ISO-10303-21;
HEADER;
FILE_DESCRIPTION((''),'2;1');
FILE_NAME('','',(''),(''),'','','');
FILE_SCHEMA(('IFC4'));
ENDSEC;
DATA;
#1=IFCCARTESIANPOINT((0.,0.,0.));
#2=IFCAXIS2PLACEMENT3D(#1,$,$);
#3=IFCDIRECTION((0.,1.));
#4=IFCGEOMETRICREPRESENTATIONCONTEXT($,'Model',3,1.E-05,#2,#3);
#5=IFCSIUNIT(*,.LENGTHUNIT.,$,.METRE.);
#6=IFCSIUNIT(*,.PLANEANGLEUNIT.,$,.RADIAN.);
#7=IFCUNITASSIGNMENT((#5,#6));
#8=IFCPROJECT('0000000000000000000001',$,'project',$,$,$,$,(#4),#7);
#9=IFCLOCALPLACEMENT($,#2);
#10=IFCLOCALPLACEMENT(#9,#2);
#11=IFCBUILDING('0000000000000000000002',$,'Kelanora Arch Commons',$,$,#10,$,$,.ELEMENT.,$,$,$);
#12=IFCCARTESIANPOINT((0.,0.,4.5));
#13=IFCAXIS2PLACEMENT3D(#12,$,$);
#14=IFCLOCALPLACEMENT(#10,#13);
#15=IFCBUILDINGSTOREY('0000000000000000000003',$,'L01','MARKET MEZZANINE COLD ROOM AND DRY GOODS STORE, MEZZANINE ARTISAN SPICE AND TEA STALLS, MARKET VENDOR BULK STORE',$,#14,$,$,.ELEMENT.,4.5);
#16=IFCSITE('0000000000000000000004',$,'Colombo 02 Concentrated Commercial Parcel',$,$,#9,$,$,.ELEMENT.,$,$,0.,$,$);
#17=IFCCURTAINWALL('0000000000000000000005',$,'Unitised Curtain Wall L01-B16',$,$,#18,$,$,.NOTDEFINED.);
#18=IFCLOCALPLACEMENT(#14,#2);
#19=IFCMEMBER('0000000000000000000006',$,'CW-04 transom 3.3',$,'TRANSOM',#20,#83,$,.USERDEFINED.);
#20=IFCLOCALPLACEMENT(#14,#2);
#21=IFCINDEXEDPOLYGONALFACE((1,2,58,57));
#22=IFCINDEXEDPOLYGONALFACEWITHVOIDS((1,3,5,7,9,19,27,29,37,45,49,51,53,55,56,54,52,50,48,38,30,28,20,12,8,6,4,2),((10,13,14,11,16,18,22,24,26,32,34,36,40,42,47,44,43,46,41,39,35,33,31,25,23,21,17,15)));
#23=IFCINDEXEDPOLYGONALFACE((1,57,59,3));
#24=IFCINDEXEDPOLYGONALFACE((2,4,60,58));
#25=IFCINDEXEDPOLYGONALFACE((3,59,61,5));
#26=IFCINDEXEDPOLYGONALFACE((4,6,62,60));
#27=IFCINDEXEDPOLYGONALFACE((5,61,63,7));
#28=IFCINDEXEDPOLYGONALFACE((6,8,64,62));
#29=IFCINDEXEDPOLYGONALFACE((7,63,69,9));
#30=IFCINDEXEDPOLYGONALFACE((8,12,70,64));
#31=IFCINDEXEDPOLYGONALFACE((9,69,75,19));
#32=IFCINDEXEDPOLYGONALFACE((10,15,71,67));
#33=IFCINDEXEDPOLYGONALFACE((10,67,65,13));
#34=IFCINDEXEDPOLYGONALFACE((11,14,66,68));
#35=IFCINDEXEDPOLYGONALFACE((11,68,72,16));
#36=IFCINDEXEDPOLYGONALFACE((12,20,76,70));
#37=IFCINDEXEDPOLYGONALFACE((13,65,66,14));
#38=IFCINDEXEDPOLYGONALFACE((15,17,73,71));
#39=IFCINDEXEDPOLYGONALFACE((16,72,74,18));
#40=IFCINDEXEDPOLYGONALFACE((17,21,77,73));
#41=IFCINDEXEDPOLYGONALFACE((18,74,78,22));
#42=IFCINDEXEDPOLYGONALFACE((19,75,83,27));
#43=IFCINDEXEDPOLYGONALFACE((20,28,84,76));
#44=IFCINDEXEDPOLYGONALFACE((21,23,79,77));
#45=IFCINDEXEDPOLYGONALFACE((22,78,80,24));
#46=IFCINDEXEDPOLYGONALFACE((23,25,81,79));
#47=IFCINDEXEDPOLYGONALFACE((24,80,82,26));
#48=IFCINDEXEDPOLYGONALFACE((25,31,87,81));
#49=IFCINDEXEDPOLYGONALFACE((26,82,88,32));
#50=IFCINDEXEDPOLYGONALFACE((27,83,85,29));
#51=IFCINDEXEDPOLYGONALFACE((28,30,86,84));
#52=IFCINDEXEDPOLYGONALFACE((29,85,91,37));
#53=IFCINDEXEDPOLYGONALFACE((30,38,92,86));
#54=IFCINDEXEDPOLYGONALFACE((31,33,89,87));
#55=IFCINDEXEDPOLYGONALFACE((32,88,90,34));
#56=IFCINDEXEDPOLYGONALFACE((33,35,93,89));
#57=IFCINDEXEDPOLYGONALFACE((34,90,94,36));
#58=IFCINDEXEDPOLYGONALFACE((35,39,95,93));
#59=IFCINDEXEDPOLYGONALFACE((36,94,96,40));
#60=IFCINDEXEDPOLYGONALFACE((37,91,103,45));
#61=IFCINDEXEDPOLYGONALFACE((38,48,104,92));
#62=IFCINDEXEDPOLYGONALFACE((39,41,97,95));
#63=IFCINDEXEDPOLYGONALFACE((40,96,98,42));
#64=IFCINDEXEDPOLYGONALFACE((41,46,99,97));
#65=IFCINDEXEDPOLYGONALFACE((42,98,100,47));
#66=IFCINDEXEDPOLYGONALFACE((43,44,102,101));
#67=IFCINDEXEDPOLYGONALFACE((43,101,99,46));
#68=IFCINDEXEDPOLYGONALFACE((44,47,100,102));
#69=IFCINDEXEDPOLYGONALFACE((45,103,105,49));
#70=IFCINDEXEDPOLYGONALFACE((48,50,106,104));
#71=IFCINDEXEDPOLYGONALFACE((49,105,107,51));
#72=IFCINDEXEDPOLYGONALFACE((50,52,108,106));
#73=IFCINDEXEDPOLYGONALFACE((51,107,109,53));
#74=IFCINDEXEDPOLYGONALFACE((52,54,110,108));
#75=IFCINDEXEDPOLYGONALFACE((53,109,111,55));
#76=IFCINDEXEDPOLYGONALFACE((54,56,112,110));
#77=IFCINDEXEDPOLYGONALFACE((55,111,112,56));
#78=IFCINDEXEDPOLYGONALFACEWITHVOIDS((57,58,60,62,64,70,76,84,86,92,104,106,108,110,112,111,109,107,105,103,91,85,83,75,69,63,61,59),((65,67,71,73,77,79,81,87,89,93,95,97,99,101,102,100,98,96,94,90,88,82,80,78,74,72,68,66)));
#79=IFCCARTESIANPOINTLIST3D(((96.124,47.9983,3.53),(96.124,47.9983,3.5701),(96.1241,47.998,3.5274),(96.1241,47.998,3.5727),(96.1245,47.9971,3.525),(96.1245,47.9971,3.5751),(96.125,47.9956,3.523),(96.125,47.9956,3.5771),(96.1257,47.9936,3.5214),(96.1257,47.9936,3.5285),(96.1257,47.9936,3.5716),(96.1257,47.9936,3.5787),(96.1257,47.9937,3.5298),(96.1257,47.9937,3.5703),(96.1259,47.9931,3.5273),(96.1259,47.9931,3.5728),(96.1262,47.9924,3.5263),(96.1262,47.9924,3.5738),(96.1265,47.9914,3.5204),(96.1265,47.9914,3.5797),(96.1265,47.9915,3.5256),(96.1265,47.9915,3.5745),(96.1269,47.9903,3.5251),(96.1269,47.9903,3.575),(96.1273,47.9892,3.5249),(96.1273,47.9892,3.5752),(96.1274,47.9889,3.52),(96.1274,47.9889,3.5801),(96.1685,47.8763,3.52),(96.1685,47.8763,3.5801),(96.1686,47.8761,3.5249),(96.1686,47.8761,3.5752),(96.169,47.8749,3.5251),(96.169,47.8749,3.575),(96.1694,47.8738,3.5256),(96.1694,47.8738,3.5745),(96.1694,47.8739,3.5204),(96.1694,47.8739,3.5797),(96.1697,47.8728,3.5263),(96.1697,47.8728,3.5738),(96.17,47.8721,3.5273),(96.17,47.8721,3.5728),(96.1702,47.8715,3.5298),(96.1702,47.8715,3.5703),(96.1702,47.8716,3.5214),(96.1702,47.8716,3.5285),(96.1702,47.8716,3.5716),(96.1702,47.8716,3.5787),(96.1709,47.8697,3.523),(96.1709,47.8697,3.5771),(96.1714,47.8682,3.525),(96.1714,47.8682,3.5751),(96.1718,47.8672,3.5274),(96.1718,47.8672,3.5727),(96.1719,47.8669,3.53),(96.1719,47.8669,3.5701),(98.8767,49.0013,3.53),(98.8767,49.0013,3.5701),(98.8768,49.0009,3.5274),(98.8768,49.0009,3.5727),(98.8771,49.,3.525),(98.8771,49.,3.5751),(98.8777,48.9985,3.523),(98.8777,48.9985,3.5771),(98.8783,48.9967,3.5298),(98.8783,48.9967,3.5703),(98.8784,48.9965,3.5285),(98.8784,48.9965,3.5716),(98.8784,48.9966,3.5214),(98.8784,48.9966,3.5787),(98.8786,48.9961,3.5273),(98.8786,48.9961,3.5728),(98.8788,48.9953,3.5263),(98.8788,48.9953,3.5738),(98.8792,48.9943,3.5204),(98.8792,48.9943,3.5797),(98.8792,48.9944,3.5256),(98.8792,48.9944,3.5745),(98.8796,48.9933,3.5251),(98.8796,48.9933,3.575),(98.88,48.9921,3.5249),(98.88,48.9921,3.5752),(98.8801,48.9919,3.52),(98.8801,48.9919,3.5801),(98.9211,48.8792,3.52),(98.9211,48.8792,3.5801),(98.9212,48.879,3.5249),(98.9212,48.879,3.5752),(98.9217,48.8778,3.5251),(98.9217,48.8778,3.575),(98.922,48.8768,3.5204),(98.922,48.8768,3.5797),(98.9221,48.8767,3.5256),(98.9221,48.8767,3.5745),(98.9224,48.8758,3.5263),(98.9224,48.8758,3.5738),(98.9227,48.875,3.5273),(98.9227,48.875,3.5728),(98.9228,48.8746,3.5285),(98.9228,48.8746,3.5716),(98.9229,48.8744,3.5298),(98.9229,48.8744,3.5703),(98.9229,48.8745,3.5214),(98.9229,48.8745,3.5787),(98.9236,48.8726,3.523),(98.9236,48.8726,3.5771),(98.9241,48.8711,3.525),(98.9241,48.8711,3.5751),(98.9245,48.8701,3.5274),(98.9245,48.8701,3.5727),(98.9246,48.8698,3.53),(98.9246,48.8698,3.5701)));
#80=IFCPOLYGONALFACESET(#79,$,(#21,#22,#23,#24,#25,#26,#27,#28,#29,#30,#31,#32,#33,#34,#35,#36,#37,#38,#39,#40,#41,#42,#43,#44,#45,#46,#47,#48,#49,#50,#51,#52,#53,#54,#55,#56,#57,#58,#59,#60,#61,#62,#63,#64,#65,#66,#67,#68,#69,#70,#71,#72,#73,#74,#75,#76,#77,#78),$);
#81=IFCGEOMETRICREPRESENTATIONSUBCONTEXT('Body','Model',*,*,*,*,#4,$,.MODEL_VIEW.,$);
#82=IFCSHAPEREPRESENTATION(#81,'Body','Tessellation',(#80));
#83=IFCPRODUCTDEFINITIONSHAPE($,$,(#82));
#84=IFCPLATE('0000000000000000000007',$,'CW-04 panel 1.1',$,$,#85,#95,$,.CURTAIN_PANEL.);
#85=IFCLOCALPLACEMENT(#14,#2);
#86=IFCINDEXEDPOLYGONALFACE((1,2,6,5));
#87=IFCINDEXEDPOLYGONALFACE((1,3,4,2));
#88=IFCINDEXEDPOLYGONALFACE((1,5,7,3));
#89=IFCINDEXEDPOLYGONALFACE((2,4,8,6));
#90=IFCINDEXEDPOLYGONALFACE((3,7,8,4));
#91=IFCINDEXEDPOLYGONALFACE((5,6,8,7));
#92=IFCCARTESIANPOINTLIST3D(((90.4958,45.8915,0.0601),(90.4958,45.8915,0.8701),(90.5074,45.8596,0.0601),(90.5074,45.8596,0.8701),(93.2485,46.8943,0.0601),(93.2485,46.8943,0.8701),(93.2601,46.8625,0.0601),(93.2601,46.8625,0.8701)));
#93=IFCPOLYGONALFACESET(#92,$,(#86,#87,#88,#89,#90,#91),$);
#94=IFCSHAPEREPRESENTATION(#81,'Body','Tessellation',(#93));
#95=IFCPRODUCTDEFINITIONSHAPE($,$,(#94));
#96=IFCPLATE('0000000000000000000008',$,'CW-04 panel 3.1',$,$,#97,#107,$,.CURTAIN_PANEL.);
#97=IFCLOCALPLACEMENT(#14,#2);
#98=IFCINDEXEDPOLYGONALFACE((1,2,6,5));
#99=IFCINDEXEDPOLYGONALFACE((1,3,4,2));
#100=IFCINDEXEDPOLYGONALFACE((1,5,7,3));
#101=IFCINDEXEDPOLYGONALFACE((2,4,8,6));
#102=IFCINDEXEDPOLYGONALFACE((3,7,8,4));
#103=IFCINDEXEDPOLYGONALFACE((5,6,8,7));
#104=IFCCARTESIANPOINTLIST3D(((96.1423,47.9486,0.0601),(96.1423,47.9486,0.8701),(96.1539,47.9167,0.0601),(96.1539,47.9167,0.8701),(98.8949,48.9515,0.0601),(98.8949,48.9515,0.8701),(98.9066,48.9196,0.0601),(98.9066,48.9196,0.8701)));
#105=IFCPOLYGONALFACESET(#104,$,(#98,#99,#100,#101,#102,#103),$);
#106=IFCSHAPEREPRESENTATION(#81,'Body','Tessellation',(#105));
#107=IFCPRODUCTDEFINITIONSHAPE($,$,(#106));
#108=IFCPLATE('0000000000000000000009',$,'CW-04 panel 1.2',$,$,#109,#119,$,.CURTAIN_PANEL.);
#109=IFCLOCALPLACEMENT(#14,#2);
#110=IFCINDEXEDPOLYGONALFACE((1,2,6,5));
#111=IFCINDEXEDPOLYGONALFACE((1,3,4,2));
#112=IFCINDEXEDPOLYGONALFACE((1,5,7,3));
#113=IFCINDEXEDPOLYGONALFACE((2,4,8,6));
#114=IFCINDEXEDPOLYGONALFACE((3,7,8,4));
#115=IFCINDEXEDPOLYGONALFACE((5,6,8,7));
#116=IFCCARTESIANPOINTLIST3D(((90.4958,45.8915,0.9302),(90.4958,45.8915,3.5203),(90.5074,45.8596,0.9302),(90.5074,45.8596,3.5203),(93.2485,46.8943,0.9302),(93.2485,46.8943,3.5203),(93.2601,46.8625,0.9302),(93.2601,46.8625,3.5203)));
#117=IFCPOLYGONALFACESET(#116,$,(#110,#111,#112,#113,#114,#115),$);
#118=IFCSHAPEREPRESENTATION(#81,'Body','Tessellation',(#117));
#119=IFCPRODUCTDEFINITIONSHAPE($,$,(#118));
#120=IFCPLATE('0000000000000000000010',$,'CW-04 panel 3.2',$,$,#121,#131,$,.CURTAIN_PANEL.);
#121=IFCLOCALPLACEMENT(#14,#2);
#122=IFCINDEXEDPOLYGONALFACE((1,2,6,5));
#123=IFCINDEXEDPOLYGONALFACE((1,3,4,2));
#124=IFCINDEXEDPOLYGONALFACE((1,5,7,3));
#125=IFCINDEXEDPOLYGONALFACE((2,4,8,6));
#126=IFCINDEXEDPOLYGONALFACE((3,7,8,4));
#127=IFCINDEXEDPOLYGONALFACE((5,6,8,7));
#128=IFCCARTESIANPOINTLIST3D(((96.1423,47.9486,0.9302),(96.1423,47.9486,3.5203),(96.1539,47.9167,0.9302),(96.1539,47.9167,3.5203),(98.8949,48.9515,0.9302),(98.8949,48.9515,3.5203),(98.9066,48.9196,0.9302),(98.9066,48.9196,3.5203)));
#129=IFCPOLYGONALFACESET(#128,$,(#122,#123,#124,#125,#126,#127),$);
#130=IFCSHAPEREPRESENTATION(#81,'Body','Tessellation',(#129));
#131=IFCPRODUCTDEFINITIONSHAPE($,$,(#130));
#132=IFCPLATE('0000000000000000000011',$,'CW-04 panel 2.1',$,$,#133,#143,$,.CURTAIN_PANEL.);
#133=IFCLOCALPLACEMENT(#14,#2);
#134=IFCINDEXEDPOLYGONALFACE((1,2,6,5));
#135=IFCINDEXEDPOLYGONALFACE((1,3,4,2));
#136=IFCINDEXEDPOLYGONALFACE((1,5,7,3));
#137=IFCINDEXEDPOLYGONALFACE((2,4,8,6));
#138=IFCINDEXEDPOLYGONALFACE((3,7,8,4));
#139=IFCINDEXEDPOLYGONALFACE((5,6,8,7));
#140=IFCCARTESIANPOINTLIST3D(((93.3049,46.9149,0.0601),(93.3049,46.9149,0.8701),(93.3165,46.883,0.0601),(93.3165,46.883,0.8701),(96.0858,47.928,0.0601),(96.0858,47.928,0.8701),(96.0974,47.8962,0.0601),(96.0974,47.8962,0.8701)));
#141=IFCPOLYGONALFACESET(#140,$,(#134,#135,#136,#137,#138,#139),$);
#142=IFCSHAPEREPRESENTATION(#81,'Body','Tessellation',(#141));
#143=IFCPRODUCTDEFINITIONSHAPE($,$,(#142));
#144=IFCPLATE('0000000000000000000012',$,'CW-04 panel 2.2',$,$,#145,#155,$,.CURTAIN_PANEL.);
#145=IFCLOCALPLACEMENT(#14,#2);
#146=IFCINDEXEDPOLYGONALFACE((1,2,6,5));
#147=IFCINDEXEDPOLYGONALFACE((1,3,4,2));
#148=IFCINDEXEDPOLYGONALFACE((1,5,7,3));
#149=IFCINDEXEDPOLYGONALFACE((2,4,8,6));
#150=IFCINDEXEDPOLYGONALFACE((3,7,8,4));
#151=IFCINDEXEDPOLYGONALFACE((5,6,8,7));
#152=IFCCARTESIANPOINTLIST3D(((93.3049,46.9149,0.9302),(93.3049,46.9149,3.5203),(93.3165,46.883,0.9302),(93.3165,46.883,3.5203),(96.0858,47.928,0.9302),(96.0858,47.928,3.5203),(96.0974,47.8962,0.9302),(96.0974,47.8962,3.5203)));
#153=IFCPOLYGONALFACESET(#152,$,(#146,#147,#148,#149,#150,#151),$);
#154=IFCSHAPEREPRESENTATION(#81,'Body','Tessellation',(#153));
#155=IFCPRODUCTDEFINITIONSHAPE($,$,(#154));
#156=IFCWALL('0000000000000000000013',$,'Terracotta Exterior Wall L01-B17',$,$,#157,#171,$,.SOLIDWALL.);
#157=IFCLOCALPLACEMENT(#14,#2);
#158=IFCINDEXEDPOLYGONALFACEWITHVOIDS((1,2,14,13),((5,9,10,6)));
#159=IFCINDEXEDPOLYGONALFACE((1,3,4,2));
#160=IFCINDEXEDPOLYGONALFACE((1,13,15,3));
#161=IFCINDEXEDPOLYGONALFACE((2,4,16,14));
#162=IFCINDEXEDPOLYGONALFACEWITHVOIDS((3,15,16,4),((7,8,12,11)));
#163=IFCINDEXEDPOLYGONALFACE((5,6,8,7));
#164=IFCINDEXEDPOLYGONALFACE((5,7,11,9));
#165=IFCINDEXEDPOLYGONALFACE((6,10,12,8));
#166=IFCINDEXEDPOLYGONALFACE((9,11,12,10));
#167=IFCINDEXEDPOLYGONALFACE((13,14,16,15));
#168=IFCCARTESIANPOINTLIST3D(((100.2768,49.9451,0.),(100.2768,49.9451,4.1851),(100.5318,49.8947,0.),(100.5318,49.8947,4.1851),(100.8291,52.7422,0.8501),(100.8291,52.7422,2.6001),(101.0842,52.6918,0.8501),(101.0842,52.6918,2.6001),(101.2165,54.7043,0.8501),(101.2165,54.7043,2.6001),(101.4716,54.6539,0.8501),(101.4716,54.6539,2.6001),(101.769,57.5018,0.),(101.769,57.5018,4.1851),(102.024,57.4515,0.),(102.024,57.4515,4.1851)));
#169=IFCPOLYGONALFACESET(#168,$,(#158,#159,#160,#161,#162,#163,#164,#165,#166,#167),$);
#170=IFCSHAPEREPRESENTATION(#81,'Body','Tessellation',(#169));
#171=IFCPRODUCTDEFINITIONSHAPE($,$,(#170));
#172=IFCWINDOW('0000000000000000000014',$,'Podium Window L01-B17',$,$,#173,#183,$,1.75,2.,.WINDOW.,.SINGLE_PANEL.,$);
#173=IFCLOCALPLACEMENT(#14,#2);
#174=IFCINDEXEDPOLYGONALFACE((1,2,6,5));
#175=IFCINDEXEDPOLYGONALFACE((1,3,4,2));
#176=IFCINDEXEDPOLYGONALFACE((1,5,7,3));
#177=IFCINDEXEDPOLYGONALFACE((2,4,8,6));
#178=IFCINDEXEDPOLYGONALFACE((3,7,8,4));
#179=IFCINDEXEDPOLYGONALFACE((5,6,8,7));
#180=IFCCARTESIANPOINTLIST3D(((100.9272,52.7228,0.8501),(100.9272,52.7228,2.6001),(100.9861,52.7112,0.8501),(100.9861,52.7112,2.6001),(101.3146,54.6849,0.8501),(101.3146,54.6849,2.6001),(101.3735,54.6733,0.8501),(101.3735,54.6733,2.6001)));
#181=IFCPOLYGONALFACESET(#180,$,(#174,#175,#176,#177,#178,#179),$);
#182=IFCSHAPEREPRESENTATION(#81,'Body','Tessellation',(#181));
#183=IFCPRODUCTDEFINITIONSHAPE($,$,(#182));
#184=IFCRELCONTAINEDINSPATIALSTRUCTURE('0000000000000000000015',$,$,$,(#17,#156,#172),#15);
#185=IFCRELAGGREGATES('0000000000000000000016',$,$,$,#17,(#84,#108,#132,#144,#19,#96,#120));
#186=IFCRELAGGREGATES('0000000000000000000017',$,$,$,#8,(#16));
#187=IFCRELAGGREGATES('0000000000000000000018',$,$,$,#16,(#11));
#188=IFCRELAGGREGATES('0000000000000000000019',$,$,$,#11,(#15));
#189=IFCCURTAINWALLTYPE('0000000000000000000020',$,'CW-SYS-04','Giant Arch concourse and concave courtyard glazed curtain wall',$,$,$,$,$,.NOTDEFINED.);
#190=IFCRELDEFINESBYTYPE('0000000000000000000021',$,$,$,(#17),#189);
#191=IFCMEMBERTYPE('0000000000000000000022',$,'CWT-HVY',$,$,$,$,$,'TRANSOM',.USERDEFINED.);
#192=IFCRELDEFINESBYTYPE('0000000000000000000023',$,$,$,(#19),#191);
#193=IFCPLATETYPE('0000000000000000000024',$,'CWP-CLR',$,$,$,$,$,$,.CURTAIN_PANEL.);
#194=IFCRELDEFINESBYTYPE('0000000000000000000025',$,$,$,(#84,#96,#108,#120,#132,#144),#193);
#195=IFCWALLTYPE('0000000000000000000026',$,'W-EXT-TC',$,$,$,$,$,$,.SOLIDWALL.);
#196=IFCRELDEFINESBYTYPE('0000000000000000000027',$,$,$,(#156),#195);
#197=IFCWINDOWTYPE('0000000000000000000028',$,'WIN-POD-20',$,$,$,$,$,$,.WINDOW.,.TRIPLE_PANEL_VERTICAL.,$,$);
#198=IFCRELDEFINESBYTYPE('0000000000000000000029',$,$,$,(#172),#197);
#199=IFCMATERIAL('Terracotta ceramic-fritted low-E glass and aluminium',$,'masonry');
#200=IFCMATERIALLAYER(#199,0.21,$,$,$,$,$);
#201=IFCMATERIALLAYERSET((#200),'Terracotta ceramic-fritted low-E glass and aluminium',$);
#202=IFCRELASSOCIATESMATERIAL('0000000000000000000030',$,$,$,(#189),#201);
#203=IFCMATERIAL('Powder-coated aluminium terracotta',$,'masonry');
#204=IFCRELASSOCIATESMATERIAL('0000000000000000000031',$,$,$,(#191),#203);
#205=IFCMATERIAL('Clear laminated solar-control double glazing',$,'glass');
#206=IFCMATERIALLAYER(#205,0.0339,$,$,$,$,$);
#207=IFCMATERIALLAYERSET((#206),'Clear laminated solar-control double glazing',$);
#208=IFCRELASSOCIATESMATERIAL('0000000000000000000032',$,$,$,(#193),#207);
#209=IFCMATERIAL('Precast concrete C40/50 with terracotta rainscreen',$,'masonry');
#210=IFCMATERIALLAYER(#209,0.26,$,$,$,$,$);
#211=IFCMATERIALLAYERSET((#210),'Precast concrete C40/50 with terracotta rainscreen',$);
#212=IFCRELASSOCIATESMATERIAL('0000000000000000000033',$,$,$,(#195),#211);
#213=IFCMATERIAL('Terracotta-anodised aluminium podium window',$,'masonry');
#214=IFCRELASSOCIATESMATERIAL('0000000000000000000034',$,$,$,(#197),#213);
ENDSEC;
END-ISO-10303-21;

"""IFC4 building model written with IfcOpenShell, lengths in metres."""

from ifc_helpers import new_model, si_unit, direction, frame, frame_2d, origin, origin_2d, place, context, subcontext, project, spatial, rectangle, hollow_rectangle, extrude, source, transform, mapped, material, layer, layer_set, material_profile, profile_set, type_object, element, fill, aggregate, save


model = new_model("IFC4")

# Units and contexts
model_context = context("Model", 3, precision=1e-05, world=origin(), true_north=direction((0.0, 1.0)))
body_context = subcontext(model_context, "Body", "Model", "MODEL_VIEW")
ifc_project = project(units=[si_unit("LENGTHUNIT", "METRE"), si_unit("PLANEANGLEUNIT", "RADIAN")], contexts=[model_context])

# Site, building, storey
site_placement = place(None, origin())
site = spatial("IfcSite", under=ifc_project, at=site_placement, Name="Colombo 02 Concentrated Commercial Parcel", CompositionType="ELEMENT", RefElevation=0.0)
building_placement = place(site_placement, origin())
building = spatial("IfcBuilding", under=site, at=building_placement, Name="Kelanora Arch Commons", CompositionType="ELEMENT")
storey_placement = place(building_placement, frame((0.0, 0.0, 4.5)))
storey = spatial("IfcBuildingStorey", under=building, at=storey_placement, Name="L01", Description="MARKET MEZZANINE COLD ROOM AND DRY GOODS STORE, MEZZANINE ARTISAN SPICE AND TEA STALLS, MARKET VENDOR BULK STORE", CompositionType="ELEMENT", Elevation=4.5)

# Curtain wall, member, plates
ifc_material_1 = material(Name="Terracotta ceramic-fritted low-E glass and aluminium", Category="masonry")
ifc_layer_1 = layer(ifc_material_1, 0.21)
ifc_layer_set_1 = layer_set([ifc_layer_1], Name="Terracotta ceramic-fritted low-E glass and aluminium")
curtain_wall_type = type_object("IfcCurtainWallType", Name="CW-SYS-04", Description="Giant Arch concourse and concave courtyard glazed curtain wall", PredefinedType="NOTDEFINED", material=ifc_layer_set_1)
curtain_wall_placement = place(storey_placement, origin())
curtain_wall = element("IfcCurtainWall", 1, at=curtain_wall_placement, inside=storey, type_object=curtain_wall_type, Name="Unitised Curtain Wall L01-B16", PredefinedType="NOTDEFINED")
ifc_material_2 = material(Name="Powder-coated aluminium terracotta", Category="masonry")
ifc_material_profile_1 = material_profile(ifc_material_2, hollow_rectangle(XDim=0.1399, YDim=0.0601, WallThickness=0.0049, InnerFilletRadius=0.0049, OuterFilletRadius=0.01, at=origin_2d()), Name="CWT140x60")
ifc_profile_set_1 = profile_set([ifc_material_profile_1], Name="Powder-coated aluminium terracotta")
member_type_1 = type_object("IfcMemberType", Name="CWT-HVY", ElementType="TRANSOM", PredefinedType="USERDEFINED", material=ifc_profile_set_1)
member_1_placement = place(storey_placement, frame((96.1479, 47.9326, 3.55), z_axis=(0.939579, 0.342332, 0.0), x_axis=(-0.342332, 0.939579, 0.0)))
member_1 = element("IfcMember", 2, at=member_1_placement, type_object=member_type_1, Name="CW-04 transom 3.3", ObjectType="TRANSOM", PredefinedType="USERDEFINED", context=body_context, shape_type="SweptSolid", body=[
    extrude(hollow_rectangle(XDim=0.1399, YDim=0.0601, WallThickness=0.0049, InnerFilletRadius=0.0049, OuterFilletRadius=0.01, at=origin_2d()), origin(), (0.0, 0.0, 1.0), 2.9297),
])
ifc_material_3 = material(Name="Clear laminated solar-control double glazing", Category="glass")
ifc_layer_2 = layer(ifc_material_3, 0.0339)
ifc_layer_set_2 = layer_set([ifc_layer_2], Name="Clear laminated solar-control double glazing")
plate_type = type_object("IfcPlateType", Name="CWP-CLR", PredefinedType="CURTAIN_PANEL", material=ifc_layer_set_2)
shared_shape_1 = source(origin(), body_context, "Body", "SweptSolid", [
    extrude(rectangle(XDim=2.9297, YDim=0.0339, at=origin_2d()), origin(), (0.0, 0.0, 1.0), 0.8101),
])
plate_1_placement = place(storey_placement, frame((91.8779, 46.377, 0.0601), z_axis=(0.0, 0.0, 1.0), x_axis=(0.939584, 0.342318, 0.0)))
plate_1 = element("IfcPlate", 3, at=plate_1_placement, type_object=plate_type, Name="CW-04 panel 1.1", PredefinedType="CURTAIN_PANEL", context=body_context, shape_type="MappedRepresentation", body=[
    mapped(shared_shape_1, transform((0.0, 0.0, 0.0), scale=1.0)),
])
plate_2_placement = place(storey_placement, frame((97.5244, 48.4341, 0.0601), z_axis=(0.0, 0.0, 1.0), x_axis=(0.939584, 0.342318, 0.0)))
plate_2 = element("IfcPlate", 4, at=plate_2_placement, type_object=plate_type, Name="CW-04 panel 3.1", PredefinedType="CURTAIN_PANEL", context=body_context, shape_type="MappedRepresentation", body=[
    mapped(shared_shape_1, transform((0.0, 0.0, 0.0), scale=1.0)),
])
shared_shape_2 = source(origin(), body_context, "Body", "SweptSolid", [
    extrude(rectangle(XDim=2.9297, YDim=0.0339, at=origin_2d()), origin(), (0.0, 0.0, 1.0), 2.5901),
])
plate_3_placement = place(storey_placement, frame((91.8779, 46.377, 0.9302), z_axis=(0.0, 0.0, 1.0), x_axis=(0.939584, 0.342318, 0.0)))
plate_3 = element("IfcPlate", 5, at=plate_3_placement, type_object=plate_type, Name="CW-04 panel 1.2", PredefinedType="CURTAIN_PANEL", context=body_context, shape_type="MappedRepresentation", body=[
    mapped(shared_shape_2, transform((0.0, 0.0, 0.0), scale=1.0)),
])
plate_4_placement = place(storey_placement, frame((97.5244, 48.4341, 0.9302), z_axis=(0.0, 0.0, 1.0), x_axis=(0.939584, 0.342318, 0.0)))
plate_4 = element("IfcPlate", 6, at=plate_4_placement, type_object=plate_type, Name="CW-04 panel 3.2", PredefinedType="CURTAIN_PANEL", context=body_context, shape_type="MappedRepresentation", body=[
    mapped(shared_shape_2, transform((0.0, 0.0, 0.0), scale=1.0)),
])
shared_shape_3 = source(origin(), body_context, "Body", "SweptSolid", [
    extrude(rectangle(XDim=2.9597, YDim=0.0339, at=origin_2d()), origin(), (0.0, 0.0, 1.0), 0.8101),
])
plate_5_placement = place(storey_placement, frame((94.7012, 47.4055, 0.0601), z_axis=(0.0, 0.0, 1.0), x_axis=(0.939584, 0.342318, 0.0)))
plate_5 = element("IfcPlate", 7, at=plate_5_placement, type_object=plate_type, Name="CW-04 panel 2.1", PredefinedType="CURTAIN_PANEL", context=body_context, shape_type="MappedRepresentation", body=[
    mapped(shared_shape_3, transform((0.0, 0.0, 0.0), scale=1.0)),
])
shared_shape_4 = source(origin(), body_context, "Body", "SweptSolid", [
    extrude(rectangle(XDim=2.9597, YDim=0.0339, at=origin_2d()), origin(), (0.0, 0.0, 1.0), 2.5901),
])
plate_6_placement = place(storey_placement, frame((94.7012, 47.4055, 0.9302), z_axis=(0.0, 0.0, 1.0), x_axis=(0.939584, 0.342318, 0.0)))
plate_6 = element("IfcPlate", 8, at=plate_6_placement, type_object=plate_type, Name="CW-04 panel 2.2", PredefinedType="CURTAIN_PANEL", context=body_context, shape_type="MappedRepresentation", body=[
    mapped(shared_shape_4, transform((0.0, 0.0, 0.0), scale=1.0)),
])
aggregate(curtain_wall, [plate_1, plate_3, plate_5, plate_6, member_1, plate_2, plate_4])

# Wall, opening, window
ifc_material_4 = material(Name="Precast concrete C40/50 with terracotta rainscreen", Category="masonry")
ifc_layer_3 = layer(ifc_material_4, 0.26)
ifc_layer_set_3 = layer_set([ifc_layer_3], Name="Precast concrete C40/50 with terracotta rainscreen")
wall_type_1 = type_object("IfcWallType", Name="W-EXT-TC", PredefinedType="SOLIDWALL", material=ifc_layer_set_3)
wall_1_placement = place(storey_placement, frame((100.4043, 49.9199, 0.0), z_axis=(0.0, 0.0, 1.0), x_axis=(0.193726, 0.981056, 0.0)))
wall_1 = element("IfcWall", 9, at=wall_1_placement, inside=storey, type_object=wall_type_1, Name="Terracotta Exterior Wall L01-B17", PredefinedType="SOLIDWALL", context=body_context, shape_type="SweptSolid", body=[
    extrude(rectangle(XDim=7.7026, YDim=0.26, at=frame_2d((3.8513, 0.0))), origin(), (0.0, 0.0, 1.0), 4.1851),
])
opening_placement = place(wall_1_placement, frame((2.8511, 0.0, 0.8501)))
opening = element("IfcOpeningElement", 10, at=opening_placement, cuts=wall_1, PredefinedType="OPENING", context=body_context, shape_type="SweptSolid", body=[
    extrude(rectangle(XDim=2.0, YDim=1.75, at=frame_2d((1.0, 0.875))), frame((0.0, 0.1401, 0.0), z_axis=(0.0, -1.0, 0.0), x_axis=(1.0, 0.0, 0.0)), (0.0, 0.0, 1.0), 0.28),
])
ifc_material_5 = material(Name="Terracotta-anodised aluminium podium window", Category="masonry")
window_type = type_object("IfcWindowType", Name="WIN-POD-20", PartitioningType="TRIPLE_PANEL_VERTICAL", PredefinedType="WINDOW", material=ifc_material_5)
window_placement = place(opening_placement, origin())
window = element("IfcWindow", 11, at=window_placement, inside=storey, type_object=window_type, Name="Podium Window L01-B17", OverallHeight=1.75, OverallWidth=2.0, PartitioningType="SINGLE_PANEL", PredefinedType="WINDOW", context=body_context, shape_type="SweptSolid", body=[
    extrude(rectangle(XDim=2.0, YDim=1.75, at=frame_2d((1.0, 0.875))), frame((0.0, 0.03, 0.0), z_axis=(0.0, -1.0, 0.0), x_axis=(1.0, 0.0, 0.0)), (0.0, 0.0, 1.0), 0.0601),
])
fill(opening, window)

save(model, "model.ifc")
